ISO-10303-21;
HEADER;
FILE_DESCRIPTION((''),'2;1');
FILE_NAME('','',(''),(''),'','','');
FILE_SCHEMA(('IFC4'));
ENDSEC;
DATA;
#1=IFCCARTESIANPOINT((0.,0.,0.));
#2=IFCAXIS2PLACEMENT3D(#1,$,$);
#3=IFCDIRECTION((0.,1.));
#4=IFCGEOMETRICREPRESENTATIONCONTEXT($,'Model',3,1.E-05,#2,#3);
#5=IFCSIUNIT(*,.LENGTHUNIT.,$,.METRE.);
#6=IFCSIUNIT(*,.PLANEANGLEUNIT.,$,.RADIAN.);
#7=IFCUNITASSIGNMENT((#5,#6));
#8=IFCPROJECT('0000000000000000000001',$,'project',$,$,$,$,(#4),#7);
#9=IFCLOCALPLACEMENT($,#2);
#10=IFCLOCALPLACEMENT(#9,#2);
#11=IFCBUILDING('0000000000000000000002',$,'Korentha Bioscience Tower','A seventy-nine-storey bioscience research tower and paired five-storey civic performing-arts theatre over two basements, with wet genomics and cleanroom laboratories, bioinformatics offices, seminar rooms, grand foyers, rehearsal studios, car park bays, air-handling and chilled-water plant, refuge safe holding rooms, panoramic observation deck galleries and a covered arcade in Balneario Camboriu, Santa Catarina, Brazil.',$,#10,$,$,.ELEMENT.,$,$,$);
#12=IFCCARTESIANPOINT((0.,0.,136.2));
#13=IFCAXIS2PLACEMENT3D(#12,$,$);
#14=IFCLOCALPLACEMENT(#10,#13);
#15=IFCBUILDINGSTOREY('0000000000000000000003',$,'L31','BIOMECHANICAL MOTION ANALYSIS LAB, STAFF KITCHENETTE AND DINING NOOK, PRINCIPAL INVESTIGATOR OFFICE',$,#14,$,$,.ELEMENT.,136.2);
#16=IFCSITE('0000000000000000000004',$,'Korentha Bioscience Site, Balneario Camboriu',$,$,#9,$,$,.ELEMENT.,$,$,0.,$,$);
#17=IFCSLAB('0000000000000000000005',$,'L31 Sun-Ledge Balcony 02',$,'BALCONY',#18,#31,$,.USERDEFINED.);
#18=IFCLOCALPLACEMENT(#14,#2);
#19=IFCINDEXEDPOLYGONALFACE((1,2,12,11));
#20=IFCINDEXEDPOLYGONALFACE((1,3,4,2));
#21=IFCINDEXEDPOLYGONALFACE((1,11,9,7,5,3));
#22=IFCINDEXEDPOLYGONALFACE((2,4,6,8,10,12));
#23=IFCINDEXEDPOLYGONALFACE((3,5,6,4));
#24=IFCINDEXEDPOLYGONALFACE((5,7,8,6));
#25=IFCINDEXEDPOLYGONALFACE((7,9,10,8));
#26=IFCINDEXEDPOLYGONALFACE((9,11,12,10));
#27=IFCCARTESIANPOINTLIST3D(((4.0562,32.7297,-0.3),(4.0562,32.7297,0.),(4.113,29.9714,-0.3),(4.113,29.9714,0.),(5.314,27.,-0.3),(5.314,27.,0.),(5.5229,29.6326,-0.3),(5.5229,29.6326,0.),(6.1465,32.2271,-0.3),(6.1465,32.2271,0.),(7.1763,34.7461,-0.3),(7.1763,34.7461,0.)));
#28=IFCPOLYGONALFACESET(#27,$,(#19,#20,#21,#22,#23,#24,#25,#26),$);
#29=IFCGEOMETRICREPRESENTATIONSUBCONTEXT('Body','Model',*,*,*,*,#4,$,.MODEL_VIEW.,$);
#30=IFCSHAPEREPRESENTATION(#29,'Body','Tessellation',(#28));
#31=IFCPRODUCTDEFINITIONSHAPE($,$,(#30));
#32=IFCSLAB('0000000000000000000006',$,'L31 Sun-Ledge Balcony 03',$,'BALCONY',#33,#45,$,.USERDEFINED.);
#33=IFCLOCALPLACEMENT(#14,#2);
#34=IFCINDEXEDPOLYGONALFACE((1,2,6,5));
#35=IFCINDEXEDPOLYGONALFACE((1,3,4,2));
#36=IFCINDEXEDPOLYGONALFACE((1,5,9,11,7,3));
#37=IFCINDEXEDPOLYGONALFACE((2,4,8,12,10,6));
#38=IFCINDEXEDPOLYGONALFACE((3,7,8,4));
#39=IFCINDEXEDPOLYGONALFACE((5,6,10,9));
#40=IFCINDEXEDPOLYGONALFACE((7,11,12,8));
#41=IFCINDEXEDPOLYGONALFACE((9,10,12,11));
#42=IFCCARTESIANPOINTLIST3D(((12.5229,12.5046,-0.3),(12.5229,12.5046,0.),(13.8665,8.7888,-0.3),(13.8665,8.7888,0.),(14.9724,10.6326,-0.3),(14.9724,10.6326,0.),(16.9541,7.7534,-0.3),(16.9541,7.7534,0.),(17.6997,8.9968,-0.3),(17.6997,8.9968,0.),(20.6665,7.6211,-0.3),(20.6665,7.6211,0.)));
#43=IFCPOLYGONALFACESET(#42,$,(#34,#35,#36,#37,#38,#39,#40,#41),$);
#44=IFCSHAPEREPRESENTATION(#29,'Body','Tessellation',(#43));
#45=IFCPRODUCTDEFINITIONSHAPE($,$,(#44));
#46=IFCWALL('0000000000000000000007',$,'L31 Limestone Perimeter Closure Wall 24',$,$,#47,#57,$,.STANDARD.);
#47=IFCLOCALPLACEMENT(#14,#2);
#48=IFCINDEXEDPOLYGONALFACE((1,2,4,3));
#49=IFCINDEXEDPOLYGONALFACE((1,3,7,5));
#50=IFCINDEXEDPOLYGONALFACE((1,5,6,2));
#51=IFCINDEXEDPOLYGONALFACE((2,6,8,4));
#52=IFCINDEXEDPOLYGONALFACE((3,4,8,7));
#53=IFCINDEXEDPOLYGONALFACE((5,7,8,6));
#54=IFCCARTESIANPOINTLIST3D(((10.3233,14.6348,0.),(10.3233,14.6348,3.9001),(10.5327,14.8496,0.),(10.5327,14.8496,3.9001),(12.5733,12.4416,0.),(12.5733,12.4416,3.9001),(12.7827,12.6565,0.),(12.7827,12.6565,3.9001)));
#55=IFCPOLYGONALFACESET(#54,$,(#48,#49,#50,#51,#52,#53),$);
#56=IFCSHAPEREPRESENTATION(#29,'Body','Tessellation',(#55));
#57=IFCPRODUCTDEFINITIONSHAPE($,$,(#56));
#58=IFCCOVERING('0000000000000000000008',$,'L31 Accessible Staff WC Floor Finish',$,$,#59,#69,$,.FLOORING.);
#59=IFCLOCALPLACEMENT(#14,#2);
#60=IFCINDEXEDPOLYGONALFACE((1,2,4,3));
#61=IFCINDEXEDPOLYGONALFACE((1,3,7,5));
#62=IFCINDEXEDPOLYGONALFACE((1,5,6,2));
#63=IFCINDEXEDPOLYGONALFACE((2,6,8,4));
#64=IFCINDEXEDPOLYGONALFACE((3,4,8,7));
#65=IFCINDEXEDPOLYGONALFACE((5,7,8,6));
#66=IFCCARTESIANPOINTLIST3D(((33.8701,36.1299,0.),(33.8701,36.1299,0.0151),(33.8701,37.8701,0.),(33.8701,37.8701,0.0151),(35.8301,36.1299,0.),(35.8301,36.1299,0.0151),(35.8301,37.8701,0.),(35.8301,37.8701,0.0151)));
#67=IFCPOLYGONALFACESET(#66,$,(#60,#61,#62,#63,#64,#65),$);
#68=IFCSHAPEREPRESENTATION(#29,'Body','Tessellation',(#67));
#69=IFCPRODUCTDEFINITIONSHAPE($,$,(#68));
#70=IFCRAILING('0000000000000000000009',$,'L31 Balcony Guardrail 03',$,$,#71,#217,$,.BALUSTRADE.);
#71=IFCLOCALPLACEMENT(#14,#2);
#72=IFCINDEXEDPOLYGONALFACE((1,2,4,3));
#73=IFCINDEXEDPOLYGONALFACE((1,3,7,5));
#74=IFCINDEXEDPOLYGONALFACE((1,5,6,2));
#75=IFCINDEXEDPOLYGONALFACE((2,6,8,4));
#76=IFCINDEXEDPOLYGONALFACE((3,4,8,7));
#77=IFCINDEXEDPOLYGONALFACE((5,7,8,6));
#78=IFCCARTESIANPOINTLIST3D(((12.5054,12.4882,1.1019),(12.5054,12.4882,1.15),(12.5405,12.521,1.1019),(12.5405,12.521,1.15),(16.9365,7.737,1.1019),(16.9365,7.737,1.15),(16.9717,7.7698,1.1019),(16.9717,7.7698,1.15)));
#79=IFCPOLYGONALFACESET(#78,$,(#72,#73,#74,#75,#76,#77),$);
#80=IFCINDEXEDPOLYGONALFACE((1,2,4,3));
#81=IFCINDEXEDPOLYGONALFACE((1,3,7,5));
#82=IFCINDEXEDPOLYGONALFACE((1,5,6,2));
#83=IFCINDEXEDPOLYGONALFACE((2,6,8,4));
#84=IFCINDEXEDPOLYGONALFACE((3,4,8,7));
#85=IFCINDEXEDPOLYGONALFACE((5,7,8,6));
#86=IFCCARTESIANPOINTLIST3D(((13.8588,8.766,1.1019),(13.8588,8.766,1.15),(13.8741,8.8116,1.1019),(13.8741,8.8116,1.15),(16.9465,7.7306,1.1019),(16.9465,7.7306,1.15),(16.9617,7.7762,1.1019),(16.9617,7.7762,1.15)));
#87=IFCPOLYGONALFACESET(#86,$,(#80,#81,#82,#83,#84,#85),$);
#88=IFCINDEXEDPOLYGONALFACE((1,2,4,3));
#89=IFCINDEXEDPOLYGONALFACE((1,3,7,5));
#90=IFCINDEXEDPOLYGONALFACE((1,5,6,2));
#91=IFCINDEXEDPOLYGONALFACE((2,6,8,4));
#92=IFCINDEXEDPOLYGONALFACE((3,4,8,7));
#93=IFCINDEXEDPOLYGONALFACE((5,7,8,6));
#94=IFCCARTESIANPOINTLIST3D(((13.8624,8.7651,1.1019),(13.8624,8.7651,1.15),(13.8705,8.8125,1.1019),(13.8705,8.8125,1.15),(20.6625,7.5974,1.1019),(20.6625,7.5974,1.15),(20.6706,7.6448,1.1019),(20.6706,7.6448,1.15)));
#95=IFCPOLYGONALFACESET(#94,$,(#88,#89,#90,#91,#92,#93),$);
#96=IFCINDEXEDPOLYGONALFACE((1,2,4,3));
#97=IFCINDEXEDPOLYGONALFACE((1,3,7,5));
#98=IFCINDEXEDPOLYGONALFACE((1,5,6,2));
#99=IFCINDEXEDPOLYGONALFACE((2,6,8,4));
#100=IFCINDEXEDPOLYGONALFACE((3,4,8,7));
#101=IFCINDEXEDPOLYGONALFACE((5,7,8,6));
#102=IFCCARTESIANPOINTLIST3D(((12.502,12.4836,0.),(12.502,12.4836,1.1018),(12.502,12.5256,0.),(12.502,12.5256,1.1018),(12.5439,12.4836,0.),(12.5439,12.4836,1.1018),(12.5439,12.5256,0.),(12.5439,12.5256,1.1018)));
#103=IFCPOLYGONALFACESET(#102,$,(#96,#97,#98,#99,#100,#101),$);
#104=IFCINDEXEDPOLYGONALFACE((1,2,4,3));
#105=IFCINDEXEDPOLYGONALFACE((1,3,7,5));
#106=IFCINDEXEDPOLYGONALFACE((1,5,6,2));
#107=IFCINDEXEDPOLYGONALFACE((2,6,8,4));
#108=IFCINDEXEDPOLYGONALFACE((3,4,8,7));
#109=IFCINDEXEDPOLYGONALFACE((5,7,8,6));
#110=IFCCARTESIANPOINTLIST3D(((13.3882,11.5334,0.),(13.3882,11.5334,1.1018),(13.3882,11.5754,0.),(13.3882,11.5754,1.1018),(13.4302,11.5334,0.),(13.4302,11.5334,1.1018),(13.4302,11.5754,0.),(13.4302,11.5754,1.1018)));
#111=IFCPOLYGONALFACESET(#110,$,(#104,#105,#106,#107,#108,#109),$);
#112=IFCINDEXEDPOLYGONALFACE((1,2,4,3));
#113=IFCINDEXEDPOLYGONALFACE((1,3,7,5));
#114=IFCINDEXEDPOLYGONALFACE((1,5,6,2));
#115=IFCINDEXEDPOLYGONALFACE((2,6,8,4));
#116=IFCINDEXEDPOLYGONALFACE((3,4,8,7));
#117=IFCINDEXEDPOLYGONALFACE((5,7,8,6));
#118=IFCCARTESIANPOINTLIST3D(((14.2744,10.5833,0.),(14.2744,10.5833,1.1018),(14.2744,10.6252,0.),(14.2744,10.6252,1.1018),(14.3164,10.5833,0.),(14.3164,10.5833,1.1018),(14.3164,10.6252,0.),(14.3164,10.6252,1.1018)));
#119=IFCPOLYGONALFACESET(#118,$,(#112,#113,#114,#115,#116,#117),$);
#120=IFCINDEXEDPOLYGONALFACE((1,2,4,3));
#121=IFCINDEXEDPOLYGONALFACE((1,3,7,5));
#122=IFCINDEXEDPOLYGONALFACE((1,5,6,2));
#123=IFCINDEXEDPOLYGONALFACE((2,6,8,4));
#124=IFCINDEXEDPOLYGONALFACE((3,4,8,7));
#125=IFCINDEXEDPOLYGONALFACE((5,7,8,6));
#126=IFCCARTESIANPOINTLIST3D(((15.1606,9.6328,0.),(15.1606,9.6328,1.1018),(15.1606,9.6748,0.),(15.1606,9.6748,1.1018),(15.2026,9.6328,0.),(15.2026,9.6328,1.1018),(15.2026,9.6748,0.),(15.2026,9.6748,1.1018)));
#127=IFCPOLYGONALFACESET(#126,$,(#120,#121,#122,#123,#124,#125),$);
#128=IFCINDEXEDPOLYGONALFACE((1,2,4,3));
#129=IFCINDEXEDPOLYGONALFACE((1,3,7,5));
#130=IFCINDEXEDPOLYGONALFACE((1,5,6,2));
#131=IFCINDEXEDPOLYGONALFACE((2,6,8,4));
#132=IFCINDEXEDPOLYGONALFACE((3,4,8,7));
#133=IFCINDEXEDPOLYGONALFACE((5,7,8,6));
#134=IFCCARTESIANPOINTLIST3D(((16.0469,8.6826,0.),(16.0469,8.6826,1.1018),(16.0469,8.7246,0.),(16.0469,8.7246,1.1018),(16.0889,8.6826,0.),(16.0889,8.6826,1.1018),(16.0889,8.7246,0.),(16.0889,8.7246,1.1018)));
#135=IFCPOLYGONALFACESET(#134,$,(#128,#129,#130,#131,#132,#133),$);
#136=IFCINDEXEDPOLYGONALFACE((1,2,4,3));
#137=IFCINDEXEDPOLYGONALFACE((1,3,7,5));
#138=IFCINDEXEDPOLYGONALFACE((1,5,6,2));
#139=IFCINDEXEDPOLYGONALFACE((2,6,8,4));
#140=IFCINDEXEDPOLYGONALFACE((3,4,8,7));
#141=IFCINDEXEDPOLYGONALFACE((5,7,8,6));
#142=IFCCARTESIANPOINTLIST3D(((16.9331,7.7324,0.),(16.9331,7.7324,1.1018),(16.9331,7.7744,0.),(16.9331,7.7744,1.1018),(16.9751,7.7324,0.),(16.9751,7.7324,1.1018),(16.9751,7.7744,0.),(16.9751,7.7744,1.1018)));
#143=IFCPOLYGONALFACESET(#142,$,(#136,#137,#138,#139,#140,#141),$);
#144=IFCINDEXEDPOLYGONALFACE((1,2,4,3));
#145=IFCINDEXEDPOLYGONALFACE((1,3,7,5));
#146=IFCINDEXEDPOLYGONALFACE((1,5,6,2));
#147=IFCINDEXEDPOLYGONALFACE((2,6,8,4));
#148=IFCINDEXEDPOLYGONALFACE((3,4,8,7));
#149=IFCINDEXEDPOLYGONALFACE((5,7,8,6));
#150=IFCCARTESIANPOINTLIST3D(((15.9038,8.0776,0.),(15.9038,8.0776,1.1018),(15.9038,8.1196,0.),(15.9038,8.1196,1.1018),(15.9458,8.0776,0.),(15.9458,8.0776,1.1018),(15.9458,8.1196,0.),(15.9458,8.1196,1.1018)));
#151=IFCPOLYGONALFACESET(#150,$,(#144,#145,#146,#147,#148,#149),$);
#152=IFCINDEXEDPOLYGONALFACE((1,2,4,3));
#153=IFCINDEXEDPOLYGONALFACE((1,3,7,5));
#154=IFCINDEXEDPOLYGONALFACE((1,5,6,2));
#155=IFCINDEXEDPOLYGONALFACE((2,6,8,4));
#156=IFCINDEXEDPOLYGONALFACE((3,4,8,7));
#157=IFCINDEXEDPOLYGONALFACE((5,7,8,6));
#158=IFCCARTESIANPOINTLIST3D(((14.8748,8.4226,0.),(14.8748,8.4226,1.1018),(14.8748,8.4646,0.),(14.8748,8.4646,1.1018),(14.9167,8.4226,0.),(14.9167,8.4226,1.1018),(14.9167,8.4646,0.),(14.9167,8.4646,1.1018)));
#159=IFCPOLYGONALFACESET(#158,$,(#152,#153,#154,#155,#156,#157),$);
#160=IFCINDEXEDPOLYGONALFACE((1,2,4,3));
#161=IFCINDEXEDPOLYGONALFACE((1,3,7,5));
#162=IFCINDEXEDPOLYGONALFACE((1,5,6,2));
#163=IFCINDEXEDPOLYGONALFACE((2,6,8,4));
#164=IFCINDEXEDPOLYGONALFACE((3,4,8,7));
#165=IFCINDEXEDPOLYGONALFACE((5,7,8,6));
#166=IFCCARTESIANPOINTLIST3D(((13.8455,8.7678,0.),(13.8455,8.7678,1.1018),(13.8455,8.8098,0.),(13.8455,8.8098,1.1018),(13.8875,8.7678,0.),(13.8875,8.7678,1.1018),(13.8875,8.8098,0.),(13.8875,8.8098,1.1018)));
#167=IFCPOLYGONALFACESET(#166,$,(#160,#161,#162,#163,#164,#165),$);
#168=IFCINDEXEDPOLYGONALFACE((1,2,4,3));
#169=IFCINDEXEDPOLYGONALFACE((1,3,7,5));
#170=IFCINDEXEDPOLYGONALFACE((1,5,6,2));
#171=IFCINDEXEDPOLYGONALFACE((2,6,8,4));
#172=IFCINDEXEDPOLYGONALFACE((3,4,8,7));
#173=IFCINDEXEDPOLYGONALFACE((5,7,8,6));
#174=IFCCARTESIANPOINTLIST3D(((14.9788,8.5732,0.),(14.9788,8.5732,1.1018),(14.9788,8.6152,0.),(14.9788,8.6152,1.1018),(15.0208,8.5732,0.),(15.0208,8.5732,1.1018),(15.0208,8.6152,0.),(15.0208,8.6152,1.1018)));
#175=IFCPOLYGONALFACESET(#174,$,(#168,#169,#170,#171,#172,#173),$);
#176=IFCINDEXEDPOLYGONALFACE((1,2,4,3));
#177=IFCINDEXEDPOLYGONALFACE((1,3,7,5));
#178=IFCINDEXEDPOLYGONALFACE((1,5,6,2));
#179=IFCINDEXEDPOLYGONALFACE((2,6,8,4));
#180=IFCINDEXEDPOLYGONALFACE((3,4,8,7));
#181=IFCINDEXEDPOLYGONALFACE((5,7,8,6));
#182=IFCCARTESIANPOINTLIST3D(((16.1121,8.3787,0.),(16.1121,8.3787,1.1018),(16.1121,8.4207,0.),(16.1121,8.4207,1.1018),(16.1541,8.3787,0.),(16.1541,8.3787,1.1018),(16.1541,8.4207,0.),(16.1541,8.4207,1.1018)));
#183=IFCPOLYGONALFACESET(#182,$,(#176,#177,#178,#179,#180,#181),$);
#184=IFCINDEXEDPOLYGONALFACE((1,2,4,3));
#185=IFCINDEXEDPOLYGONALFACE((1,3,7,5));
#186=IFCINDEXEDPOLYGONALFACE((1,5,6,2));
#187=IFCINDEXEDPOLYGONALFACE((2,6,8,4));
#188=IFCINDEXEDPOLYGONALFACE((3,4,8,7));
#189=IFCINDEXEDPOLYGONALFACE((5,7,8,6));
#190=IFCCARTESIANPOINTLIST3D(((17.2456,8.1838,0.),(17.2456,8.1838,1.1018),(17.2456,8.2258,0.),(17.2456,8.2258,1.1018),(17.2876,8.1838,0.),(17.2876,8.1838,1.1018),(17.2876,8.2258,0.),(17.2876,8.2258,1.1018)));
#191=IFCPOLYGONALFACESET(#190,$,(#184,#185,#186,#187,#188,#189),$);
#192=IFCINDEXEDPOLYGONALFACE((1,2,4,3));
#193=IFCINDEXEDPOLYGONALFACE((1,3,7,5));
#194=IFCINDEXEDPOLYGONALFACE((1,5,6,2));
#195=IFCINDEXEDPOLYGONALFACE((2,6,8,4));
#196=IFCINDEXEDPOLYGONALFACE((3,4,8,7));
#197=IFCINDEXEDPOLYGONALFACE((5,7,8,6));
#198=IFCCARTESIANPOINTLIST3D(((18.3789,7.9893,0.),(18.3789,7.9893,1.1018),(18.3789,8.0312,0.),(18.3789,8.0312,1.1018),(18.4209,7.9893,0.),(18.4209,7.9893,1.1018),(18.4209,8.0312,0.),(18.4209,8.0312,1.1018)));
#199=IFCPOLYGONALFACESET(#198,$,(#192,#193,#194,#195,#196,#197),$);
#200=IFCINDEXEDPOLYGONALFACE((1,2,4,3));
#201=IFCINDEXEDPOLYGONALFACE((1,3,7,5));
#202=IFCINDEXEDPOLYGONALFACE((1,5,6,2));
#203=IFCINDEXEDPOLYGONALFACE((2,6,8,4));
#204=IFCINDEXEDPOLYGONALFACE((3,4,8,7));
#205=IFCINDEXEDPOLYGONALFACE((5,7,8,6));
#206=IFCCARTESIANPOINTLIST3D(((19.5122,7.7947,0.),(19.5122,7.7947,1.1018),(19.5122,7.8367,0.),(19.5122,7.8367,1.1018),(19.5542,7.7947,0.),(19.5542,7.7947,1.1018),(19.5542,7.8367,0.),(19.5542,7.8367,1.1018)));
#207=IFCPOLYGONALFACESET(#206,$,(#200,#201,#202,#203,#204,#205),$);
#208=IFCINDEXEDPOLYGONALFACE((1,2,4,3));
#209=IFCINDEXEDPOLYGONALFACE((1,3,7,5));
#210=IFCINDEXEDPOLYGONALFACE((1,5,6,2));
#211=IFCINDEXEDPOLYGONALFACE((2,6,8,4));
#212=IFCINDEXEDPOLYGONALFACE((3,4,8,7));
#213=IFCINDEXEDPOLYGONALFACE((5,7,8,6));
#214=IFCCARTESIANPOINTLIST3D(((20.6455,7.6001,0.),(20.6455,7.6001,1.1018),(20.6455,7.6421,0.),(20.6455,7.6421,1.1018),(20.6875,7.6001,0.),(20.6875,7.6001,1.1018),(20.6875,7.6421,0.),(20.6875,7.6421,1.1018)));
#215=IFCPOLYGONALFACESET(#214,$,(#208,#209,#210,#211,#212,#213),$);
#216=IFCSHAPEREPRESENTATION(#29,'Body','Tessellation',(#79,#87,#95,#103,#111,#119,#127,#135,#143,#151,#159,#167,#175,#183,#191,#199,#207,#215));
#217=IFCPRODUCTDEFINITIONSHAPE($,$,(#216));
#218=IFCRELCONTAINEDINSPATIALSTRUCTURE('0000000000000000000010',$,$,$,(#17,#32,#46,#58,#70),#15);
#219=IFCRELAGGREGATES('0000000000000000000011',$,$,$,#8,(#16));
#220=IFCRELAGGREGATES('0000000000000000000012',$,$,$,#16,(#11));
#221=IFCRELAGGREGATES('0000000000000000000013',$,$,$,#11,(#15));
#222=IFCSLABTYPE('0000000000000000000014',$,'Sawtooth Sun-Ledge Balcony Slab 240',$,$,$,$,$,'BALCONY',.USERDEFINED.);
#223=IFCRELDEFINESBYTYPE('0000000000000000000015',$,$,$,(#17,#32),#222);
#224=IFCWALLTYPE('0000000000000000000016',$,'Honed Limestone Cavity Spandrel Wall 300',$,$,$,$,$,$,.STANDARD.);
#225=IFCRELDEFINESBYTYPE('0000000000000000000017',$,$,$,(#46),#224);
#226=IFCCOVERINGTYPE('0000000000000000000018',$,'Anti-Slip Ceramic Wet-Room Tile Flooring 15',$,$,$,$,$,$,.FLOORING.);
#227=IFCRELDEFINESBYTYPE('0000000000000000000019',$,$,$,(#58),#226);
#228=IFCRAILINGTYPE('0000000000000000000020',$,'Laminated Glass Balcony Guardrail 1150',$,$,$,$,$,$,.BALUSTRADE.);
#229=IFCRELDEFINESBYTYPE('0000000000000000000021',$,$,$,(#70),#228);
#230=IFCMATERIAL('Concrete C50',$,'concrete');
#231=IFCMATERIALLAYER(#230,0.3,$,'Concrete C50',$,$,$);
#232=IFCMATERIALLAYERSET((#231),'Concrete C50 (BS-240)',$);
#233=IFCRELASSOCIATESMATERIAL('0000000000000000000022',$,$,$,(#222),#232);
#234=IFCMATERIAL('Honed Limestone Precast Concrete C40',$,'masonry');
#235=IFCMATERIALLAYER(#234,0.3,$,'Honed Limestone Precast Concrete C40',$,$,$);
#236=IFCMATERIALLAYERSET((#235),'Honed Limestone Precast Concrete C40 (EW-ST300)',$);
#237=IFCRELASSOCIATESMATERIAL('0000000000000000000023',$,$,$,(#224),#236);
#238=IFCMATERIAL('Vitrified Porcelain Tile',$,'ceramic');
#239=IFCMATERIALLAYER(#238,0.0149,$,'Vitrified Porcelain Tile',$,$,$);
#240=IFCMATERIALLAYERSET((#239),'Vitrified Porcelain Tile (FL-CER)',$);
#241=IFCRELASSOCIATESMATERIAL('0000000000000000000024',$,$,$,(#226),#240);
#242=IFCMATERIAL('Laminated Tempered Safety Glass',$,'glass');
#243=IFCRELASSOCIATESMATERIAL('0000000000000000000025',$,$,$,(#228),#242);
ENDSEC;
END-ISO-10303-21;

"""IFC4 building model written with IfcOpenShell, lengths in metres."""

from ifc_helpers import new_model, si_unit, direction, frame, frame_2d, origin, origin_2d, place, context, subcontext, project, spatial, polyline, rectangle, outline, extrude, material, layer, layer_set, type_object, element, save


model = new_model("IFC4")

# Units and contexts
model_context = context("Model", 3, precision=1e-05, world=origin(), true_north=direction((0.0, 1.0)))
body_context = subcontext(model_context, "Body", "Model", "MODEL_VIEW")
ifc_project = project(units=[si_unit("LENGTHUNIT", "METRE"), si_unit("PLANEANGLEUNIT", "RADIAN")], contexts=[model_context])

# Site, building, storey
site_placement = place(None, origin())
site = spatial("IfcSite", under=ifc_project, at=site_placement, Name="Korentha Bioscience Site, Balneario Camboriu", CompositionType="ELEMENT", RefElevation=0.0)
building_placement = place(site_placement, origin())
building = spatial("IfcBuilding", under=site, at=building_placement, Name="Korentha Bioscience Tower", Description="A seventy-nine-storey bioscience research tower and paired five-storey civic performing-arts theatre over two basements, with wet genomics and cleanroom laboratories, bioinformatics offices, seminar rooms, grand foyers, rehearsal studios, car park bays, air-handling and chilled-water plant, refuge safe holding rooms, panoramic observation deck galleries and a covered arcade in Balneario Camboriu, Santa Catarina, Brazil.", CompositionType="ELEMENT")
storey_placement = place(building_placement, frame((0.0, 0.0, 136.2)))
storey = spatial("IfcBuildingStorey", under=building, at=storey_placement, Name="L31", Description="BIOMECHANICAL MOTION ANALYSIS LAB, STAFF KITCHENETTE AND DINING NOOK, PRINCIPAL INVESTIGATOR OFFICE", CompositionType="ELEMENT", Elevation=136.2)

# Shared definitions
ifc_material_1 = material(Name="Concrete C50", Category="concrete")

# Slabs
ifc_layer_1 = layer(ifc_material_1, 0.3, Name="Concrete C50")
ifc_layer_set_1 = layer_set([ifc_layer_1], Name="Concrete C50 (BS-240)")
slab_type_1 = type_object("IfcSlabType", Name="Sawtooth Sun-Ledge Balcony Slab 240", ElementType="BALCONY", PredefinedType="USERDEFINED", material=ifc_layer_set_1)
slab_1_placement = place(storey_placement, frame((0.0, 0.0, -0.3)))
element("IfcSlab", 1, at=slab_1_placement, inside=storey, type_object=slab_type_1, Name="L31 Sun-Ledge Balcony 02", ObjectType="BALCONY", PredefinedType="USERDEFINED", context=body_context, shape_type="SweptSolid", body=[
    extrude(outline(polyline([(5.314, 27.0), (5.5229, 29.6326), (6.1465, 32.2271), (7.1763, 34.7461), (4.0562, 32.7297), (4.113, 29.9714), (5.314, 27.0)])), origin(), (0.0, 0.0, 1.0), 0.3),
])
slab_2_placement = place(storey_placement, frame((0.0, 0.0, -0.3)))
element("IfcSlab", 2, at=slab_2_placement, inside=storey, type_object=slab_type_1, Name="L31 Sun-Ledge Balcony 03", ObjectType="BALCONY", PredefinedType="USERDEFINED", context=body_context, shape_type="SweptSolid", body=[
    extrude(outline(polyline([(20.6665, 7.6211), (17.6997, 8.9968), (14.9724, 10.6326), (12.5229, 12.5046), (13.8665, 8.7888), (16.9541, 7.7534), (20.6665, 7.6211)])), origin(), (0.0, 0.0, 1.0), 0.3),
])

# Wall
ifc_material_2 = material(Name="Honed Limestone Precast Concrete C40", Category="masonry")
ifc_layer_2 = layer(ifc_material_2, 0.3, Name="Honed Limestone Precast Concrete C40")
ifc_layer_set_2 = layer_set([ifc_layer_2], Name="Honed Limestone Precast Concrete C40 (EW-ST300)")
wall_type = type_object("IfcWallType", Name="Honed Limestone Cavity Spandrel Wall 300", PredefinedType="STANDARD", material=ifc_layer_set_2)
wall_placement = place(storey_placement, frame((10.428, 14.7422, 0.0), z_axis=(0.0, 0.0, 1.0), x_axis=(0.716101, -0.697997, 0.0)))
element("IfcWall", 3, at=wall_placement, inside=storey, type_object=wall_type, Name="L31 Limestone Perimeter Closure Wall 24", PredefinedType="STANDARD", context=body_context, shape_type="SweptSolid", body=[
    extrude(rectangle(XDim=3.1421, YDim=0.3, at=frame_2d((1.571, 0.0))), origin(), (0.0, 0.0, 1.0), 3.9001),
])

# Covering
ifc_material_3 = material(Name="Vitrified Porcelain Tile", Category="ceramic")
ifc_layer_3 = layer(ifc_material_3, 0.0149, Name="Vitrified Porcelain Tile")
ifc_layer_set_3 = layer_set([ifc_layer_3], Name="Vitrified Porcelain Tile (FL-CER)")
covering_type_1 = type_object("IfcCoveringType", Name="Anti-Slip Ceramic Wet-Room Tile Flooring 15", PredefinedType="FLOORING", material=ifc_layer_set_3)
covering_1_placement = place(storey_placement, origin())
element("IfcCovering", 4, at=covering_1_placement, inside=storey, type_object=covering_type_1, Name="L31 Accessible Staff WC Floor Finish", PredefinedType="FLOORING", context=body_context, shape_type="SweptSolid", body=[
    extrude(outline(polyline([(33.8701, 36.1299), (33.8701, 37.8701), (35.8301, 37.8701), (35.8301, 36.1299), (33.8701, 36.1299)])), origin(), (0.0, 0.0, 1.0), 0.0151),
])

# Railing
ifc_material_4 = material(Name="Laminated Tempered Safety Glass", Category="glass")
railing_type = type_object("IfcRailingType", Name="Laminated Glass Balcony Guardrail 1150", PredefinedType="BALUSTRADE", material=ifc_material_4)
railing_placement = place(storey_placement, frame((12.5229, 12.5046, 0.0)))
element("IfcRailing", 5, at=railing_placement, inside=storey, type_object=railing_type, Name="L31 Balcony Guardrail 03", PredefinedType="BALUSTRADE", context=body_context, shape_type="SweptSolid", body=[
    extrude(rectangle(XDim=0.0481, YDim=0.0481, at=origin_2d()), frame((0.0, 0.0, 1.126), z_axis=(0.682045, -0.73131, 0.0), x_axis=(0.73131, 0.682045, 0.0)), (0.0, 0.0, 1.0), 6.4968),
    extrude(rectangle(XDim=0.0481, YDim=0.0481, at=origin_2d()), frame((4.4312, -4.7512, 1.126), z_axis=(-0.948112, 0.317937, 0.0), x_axis=(-0.317937, -0.948112, 0.0)), (0.0, 0.0, 1.0), 3.2566),
    extrude(rectangle(XDim=0.0481, YDim=0.0481, at=origin_2d()), frame((1.3435, -3.7158, 1.126), z_axis=(0.985574, -0.169246, 0.0), x_axis=(0.169246, 0.985574, 0.0)), (0.0, 0.0, 1.0), 6.8997),
    extrude(rectangle(XDim=0.042, YDim=0.042, at=origin_2d()), origin(), (0.0, 0.0, 1.0), 1.1018),
    extrude(rectangle(XDim=0.042, YDim=0.042, at=origin_2d()), frame((0.8862, -0.9502, 0.0)), (0.0, 0.0, 1.0), 1.1018),
    extrude(rectangle(XDim=0.042, YDim=0.042, at=origin_2d()), frame((1.7725, -1.9004, 0.0)), (0.0, 0.0, 1.0), 1.1018),
    extrude(rectangle(XDim=0.042, YDim=0.042, at=origin_2d()), frame((2.6587, -2.8508, 0.0)), (0.0, 0.0, 1.0), 1.1018),
    extrude(rectangle(XDim=0.042, YDim=0.042, at=origin_2d()), frame((3.5449, -3.801, 0.0)), (0.0, 0.0, 1.0), 1.1018),
    extrude(rectangle(XDim=0.042, YDim=0.042, at=origin_2d()), frame((4.4312, -4.7512, 0.0)), (0.0, 0.0, 1.0), 1.1018),
    extrude(rectangle(XDim=0.042, YDim=0.042, at=origin_2d()), frame((3.4019, -4.406, 0.0)), (0.0, 0.0, 1.0), 1.1018),
    extrude(rectangle(XDim=0.042, YDim=0.042, at=origin_2d()), frame((2.3728, -4.061, 0.0)), (0.0, 0.0, 1.0), 1.1018),
    extrude(rectangle(XDim=0.042, YDim=0.042, at=origin_2d()), frame((1.3435, -3.7158, 0.0)), (0.0, 0.0, 1.0), 1.1018),
    extrude(rectangle(XDim=0.042, YDim=0.042, at=origin_2d()), frame((2.4768, -3.9104, 0.0)), (0.0, 0.0, 1.0), 1.1018),
    extrude(rectangle(XDim=0.042, YDim=0.042, at=origin_2d()), frame((3.6101, -4.105, 0.0)), (0.0, 0.0, 1.0), 1.1018),
    extrude(rectangle(XDim=0.042, YDim=0.042, at=origin_2d()), frame((4.7437, -4.2998, 0.0)), (0.0, 0.0, 1.0), 1.1018),
    extrude(rectangle(XDim=0.042, YDim=0.042, at=origin_2d()), frame((5.877, -4.4944, 0.0)), (0.0, 0.0, 1.0), 1.1018),
    extrude(rectangle(XDim=0.042, YDim=0.042, at=origin_2d()), frame((7.0103, -4.689, 0.0)), (0.0, 0.0, 1.0), 1.1018),
    extrude(rectangle(XDim=0.042, YDim=0.042, at=origin_2d()), frame((8.1436, -4.8835, 0.0)), (0.0, 0.0, 1.0), 1.1018),
])

save(model, "model.ifc")
